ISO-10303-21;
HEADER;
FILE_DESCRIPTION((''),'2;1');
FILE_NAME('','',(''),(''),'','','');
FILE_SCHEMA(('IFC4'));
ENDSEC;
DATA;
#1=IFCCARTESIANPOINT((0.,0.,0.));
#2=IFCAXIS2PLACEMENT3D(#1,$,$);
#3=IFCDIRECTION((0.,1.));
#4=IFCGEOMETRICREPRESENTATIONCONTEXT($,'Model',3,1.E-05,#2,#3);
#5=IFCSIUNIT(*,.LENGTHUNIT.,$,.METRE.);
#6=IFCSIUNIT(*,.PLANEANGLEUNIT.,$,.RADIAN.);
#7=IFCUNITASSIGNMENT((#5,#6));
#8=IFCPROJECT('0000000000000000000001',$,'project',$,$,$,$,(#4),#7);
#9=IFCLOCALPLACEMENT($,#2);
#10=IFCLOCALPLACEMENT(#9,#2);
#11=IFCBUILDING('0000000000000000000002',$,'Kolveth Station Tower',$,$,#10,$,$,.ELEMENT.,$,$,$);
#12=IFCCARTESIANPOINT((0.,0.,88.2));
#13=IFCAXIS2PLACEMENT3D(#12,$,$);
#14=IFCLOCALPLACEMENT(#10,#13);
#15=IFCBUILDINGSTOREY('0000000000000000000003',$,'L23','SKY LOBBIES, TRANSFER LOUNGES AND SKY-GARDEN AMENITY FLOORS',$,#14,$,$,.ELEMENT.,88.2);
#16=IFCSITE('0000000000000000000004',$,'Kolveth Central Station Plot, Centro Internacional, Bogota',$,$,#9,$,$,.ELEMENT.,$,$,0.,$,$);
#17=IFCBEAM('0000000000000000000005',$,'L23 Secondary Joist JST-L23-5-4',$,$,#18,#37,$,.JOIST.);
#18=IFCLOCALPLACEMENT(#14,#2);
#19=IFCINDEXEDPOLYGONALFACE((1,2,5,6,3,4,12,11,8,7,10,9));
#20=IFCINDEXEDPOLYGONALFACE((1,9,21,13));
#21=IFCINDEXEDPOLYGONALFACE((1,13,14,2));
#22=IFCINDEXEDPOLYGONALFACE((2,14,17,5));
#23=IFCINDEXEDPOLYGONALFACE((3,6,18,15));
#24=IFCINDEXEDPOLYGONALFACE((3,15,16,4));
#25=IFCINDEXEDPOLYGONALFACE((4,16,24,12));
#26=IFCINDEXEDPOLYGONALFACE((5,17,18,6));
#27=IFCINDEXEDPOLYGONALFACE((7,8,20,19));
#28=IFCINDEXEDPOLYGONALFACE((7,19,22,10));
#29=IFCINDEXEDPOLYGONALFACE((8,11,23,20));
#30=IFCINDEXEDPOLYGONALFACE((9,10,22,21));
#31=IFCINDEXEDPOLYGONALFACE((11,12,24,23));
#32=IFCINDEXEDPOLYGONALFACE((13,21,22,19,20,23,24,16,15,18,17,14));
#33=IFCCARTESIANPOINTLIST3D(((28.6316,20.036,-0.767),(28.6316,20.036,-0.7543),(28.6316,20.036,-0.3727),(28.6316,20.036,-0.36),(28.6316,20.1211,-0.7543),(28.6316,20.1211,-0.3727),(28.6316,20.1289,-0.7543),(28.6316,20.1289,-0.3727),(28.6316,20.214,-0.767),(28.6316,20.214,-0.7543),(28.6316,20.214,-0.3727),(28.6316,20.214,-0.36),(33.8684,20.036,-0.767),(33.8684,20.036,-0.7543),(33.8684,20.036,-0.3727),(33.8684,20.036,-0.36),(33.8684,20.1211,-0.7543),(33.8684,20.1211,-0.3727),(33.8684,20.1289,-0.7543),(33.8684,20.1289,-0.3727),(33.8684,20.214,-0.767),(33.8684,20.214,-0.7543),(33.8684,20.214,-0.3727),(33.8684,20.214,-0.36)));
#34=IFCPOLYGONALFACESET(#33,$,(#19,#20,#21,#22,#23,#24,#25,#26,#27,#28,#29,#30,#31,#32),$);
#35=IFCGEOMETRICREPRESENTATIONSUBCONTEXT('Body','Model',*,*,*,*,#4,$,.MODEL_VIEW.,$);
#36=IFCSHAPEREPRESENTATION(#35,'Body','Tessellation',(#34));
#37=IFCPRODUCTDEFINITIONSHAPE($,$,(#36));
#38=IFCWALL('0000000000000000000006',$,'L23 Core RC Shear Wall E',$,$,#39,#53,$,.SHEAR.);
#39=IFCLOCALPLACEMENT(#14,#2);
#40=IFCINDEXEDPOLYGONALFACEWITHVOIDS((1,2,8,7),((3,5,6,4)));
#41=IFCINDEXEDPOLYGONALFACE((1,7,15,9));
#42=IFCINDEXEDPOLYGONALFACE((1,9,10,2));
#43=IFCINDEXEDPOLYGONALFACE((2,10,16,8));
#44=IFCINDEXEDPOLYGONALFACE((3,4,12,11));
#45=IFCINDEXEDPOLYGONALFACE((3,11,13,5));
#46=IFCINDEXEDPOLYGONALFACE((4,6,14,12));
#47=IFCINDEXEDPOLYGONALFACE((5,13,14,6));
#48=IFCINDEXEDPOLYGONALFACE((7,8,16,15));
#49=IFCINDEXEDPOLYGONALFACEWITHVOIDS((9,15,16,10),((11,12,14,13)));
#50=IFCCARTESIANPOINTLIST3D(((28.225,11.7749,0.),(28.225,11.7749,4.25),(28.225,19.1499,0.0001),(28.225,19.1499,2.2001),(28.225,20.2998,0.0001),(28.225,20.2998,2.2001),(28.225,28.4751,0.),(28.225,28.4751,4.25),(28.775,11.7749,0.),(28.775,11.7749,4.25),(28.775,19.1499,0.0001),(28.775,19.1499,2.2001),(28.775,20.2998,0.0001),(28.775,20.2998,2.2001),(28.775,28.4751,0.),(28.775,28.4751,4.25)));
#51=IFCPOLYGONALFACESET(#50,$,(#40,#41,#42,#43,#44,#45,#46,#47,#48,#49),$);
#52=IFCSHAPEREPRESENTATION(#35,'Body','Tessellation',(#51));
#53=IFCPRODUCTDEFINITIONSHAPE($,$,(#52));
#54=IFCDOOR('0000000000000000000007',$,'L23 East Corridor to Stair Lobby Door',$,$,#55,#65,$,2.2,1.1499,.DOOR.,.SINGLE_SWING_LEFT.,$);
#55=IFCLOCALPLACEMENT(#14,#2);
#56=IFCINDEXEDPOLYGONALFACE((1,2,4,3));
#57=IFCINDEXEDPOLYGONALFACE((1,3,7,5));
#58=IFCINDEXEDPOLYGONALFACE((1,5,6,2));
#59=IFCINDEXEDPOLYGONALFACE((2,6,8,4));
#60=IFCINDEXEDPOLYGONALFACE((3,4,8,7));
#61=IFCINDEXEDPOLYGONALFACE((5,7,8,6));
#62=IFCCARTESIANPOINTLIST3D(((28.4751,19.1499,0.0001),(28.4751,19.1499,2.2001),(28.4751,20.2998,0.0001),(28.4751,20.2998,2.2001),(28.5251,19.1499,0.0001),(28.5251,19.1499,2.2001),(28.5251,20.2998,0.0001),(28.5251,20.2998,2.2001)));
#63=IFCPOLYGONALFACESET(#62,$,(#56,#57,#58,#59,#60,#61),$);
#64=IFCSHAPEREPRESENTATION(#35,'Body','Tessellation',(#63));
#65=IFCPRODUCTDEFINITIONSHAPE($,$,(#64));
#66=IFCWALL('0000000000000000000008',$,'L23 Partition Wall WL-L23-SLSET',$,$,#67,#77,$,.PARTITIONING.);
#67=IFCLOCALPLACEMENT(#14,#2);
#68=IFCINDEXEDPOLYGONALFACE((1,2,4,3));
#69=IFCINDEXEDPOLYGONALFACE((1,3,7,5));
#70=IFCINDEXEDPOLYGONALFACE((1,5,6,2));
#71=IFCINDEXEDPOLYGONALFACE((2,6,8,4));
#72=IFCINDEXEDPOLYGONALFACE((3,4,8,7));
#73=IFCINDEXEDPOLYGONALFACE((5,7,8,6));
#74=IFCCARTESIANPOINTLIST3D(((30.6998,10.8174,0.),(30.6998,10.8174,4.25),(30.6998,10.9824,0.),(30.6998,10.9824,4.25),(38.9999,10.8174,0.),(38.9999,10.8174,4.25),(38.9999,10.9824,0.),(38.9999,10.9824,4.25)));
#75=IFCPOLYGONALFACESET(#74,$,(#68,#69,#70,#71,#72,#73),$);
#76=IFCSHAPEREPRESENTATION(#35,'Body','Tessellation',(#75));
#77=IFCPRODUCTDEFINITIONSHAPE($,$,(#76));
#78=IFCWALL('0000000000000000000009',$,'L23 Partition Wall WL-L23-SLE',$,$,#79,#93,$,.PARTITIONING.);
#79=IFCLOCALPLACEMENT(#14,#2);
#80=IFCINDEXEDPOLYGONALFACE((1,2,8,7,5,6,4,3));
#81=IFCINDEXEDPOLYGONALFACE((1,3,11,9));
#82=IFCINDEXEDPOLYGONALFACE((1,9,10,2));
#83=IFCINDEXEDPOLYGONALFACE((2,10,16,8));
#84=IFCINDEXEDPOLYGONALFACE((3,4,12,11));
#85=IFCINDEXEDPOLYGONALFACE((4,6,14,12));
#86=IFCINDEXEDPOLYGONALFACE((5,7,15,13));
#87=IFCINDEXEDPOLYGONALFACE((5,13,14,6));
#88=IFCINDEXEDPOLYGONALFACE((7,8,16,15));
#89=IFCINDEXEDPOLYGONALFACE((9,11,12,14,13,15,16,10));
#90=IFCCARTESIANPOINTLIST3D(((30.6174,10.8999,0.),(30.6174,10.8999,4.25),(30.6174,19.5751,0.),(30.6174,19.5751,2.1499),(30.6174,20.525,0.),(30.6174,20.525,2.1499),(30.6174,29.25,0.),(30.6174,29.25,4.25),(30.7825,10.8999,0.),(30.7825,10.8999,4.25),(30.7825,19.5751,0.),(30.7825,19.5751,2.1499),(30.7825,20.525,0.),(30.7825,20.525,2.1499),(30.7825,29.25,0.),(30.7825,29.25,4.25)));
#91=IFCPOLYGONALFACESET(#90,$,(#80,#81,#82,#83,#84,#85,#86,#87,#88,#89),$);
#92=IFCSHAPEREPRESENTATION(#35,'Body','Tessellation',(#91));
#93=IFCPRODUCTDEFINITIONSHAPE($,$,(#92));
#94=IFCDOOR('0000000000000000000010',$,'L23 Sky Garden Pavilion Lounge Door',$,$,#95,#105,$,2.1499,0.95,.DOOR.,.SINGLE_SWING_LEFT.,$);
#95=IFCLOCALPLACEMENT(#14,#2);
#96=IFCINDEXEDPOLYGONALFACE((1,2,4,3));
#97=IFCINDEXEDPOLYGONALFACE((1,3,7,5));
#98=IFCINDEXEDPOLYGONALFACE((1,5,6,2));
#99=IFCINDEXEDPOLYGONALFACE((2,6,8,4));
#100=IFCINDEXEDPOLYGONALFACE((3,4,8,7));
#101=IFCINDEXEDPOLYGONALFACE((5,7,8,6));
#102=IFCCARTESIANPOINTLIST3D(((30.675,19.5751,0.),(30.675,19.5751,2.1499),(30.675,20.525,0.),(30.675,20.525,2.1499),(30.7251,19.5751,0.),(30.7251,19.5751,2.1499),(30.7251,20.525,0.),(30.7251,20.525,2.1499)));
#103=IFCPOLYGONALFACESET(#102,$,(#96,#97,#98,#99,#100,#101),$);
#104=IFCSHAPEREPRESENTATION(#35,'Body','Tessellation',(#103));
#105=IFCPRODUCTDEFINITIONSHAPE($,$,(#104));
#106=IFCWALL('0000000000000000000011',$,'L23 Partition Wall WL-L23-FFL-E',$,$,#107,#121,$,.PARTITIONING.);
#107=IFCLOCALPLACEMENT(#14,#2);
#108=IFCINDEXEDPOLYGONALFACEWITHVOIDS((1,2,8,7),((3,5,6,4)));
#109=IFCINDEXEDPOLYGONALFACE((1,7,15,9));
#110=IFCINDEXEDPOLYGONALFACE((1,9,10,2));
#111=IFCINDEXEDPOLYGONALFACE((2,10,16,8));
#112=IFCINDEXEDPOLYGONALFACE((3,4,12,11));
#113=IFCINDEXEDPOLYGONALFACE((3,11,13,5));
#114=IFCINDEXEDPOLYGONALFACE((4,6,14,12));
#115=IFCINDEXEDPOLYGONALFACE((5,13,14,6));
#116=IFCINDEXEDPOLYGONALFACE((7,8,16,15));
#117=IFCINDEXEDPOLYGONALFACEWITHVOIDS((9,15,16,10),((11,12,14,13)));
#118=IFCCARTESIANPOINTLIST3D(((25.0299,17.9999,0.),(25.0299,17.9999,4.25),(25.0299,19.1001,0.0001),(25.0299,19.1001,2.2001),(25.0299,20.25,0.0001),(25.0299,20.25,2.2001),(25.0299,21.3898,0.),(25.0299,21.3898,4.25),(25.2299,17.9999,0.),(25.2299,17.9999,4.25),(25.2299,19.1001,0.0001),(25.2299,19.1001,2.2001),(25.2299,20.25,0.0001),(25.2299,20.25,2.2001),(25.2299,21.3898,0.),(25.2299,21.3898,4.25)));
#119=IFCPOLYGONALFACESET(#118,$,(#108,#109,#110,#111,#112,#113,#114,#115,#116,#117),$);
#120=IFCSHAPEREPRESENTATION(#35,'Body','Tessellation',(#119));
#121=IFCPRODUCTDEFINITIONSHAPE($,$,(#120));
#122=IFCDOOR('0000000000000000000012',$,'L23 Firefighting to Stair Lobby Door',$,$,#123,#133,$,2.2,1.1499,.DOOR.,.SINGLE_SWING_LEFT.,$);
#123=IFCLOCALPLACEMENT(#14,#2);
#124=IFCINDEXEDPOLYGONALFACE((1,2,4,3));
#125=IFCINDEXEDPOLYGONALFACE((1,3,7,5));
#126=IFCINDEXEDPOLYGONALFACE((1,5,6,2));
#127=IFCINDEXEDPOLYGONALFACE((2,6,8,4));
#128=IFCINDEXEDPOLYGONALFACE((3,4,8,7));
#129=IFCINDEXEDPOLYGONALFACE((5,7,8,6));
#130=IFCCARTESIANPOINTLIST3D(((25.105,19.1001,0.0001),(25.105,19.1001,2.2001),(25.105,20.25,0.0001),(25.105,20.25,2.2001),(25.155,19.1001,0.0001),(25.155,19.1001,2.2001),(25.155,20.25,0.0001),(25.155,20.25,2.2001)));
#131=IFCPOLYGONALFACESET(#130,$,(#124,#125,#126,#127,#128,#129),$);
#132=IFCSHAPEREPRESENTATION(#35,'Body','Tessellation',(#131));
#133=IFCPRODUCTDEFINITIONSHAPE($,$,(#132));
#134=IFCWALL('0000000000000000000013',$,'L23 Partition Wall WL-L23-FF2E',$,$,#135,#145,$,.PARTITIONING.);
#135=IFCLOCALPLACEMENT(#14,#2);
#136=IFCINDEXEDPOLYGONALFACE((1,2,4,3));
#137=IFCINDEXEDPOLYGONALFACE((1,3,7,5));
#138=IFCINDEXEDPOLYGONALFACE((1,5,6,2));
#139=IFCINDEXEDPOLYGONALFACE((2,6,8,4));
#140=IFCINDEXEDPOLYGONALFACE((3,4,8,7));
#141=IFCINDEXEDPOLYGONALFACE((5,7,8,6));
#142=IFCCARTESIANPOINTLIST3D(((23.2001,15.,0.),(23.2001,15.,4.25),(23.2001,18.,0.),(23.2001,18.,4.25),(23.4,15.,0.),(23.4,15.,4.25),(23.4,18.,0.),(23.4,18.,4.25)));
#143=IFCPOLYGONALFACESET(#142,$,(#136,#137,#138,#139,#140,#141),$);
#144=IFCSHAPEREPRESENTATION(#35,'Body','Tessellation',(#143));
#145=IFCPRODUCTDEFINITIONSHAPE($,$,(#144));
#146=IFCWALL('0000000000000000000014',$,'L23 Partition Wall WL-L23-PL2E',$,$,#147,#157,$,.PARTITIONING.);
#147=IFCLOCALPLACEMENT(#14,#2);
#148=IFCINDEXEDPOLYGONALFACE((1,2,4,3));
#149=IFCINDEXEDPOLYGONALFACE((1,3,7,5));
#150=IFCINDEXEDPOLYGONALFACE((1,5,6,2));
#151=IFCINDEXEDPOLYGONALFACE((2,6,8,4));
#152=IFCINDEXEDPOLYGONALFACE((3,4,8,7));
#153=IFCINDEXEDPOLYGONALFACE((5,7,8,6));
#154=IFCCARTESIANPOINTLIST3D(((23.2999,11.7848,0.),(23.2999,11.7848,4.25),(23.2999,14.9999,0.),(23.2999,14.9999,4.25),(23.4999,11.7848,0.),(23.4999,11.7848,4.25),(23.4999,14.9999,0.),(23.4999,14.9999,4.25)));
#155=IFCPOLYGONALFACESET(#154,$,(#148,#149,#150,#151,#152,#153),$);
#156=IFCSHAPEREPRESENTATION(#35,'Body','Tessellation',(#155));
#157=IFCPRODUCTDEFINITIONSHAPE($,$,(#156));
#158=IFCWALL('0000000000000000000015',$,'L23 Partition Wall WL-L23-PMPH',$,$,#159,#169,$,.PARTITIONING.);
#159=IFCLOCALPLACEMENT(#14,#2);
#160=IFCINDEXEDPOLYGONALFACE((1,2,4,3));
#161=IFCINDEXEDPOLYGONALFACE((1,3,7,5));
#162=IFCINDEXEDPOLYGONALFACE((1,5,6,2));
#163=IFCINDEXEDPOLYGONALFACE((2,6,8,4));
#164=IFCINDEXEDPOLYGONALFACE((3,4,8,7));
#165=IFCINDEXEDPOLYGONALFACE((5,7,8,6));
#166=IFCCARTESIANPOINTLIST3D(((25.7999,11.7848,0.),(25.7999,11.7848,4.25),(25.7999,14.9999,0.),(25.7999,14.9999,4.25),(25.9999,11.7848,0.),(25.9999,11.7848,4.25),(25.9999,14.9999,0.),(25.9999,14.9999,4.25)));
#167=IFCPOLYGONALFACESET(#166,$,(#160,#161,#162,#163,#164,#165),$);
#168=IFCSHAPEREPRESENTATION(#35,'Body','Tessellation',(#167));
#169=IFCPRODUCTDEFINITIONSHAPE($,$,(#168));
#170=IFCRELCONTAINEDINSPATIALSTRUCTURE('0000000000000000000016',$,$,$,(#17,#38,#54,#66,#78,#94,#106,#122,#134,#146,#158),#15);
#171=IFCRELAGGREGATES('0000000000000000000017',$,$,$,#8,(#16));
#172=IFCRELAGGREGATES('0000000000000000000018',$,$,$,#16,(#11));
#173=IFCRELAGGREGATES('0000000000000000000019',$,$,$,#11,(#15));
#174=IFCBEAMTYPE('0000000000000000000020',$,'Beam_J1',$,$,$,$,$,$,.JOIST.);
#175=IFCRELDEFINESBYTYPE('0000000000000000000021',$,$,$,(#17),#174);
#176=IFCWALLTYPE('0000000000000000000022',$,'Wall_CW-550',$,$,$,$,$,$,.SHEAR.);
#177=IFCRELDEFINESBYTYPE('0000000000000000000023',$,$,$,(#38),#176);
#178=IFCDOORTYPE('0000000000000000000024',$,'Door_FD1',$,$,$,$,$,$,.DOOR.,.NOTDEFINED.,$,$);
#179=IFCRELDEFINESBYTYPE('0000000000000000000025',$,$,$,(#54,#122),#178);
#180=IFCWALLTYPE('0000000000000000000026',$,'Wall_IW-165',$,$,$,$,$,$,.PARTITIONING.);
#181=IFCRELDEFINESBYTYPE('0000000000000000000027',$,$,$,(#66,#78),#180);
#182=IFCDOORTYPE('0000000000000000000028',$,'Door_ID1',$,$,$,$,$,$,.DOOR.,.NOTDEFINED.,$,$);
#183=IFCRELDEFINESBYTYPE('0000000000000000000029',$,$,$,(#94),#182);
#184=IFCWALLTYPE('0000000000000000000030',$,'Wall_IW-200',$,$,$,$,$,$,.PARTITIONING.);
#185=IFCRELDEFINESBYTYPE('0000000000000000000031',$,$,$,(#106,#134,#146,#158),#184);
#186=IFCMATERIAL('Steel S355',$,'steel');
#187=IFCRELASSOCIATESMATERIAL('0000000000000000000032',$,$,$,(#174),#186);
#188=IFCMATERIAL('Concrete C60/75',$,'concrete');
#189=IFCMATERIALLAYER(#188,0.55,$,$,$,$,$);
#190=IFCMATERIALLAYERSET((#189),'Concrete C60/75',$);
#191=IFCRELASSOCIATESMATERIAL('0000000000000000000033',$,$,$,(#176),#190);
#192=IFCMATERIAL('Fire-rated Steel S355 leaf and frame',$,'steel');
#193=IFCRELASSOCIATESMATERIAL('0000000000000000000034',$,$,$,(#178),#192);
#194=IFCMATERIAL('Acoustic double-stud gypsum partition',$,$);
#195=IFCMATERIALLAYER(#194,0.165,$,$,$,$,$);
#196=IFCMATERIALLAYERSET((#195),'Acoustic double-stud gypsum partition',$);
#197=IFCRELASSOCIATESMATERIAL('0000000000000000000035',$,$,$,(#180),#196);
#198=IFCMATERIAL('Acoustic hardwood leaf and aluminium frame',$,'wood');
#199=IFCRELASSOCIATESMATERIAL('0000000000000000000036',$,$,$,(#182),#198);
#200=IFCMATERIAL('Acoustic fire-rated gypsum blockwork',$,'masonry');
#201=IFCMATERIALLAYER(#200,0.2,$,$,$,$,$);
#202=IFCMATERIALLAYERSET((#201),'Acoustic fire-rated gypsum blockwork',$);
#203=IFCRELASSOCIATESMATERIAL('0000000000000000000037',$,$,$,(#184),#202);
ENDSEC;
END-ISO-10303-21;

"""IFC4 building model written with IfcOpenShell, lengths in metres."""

from ifc_helpers import new_model, si_unit, direction, frame, frame_2d, origin, origin_2d, place, context, subcontext, project, spatial, rectangle, i_section, extrude, source, transform, mapped, material, layer, layer_set, material_profile, profile_set, type_object, element, fill, save


model = new_model("IFC4")

# Units and contexts
model_context = context("Model", 3, precision=1e-05, world=origin(), true_north=direction((0.0, 1.0)))
body_context = subcontext(model_context, "Body", "Model", "MODEL_VIEW")
ifc_project = project(units=[si_unit("LENGTHUNIT", "METRE"), si_unit("PLANEANGLEUNIT", "RADIAN")], contexts=[model_context])

# Site, building, storey
site_placement = place(None, origin())
site = spatial("IfcSite", under=ifc_project, at=site_placement, Name="Kolveth Central Station Plot, Centro Internacional, Bogota", CompositionType="ELEMENT", RefElevation=0.0)
building_placement = place(site_placement, origin())
building = spatial("IfcBuilding", under=site, at=building_placement, Name="Kolveth Station Tower", CompositionType="ELEMENT")
storey_placement = place(building_placement, frame((0.0, 0.0, 88.2)))
storey = spatial("IfcBuildingStorey", under=building, at=storey_placement, Name="L23", Description="SKY LOBBIES, TRANSFER LOUNGES AND SKY-GARDEN AMENITY FLOORS", CompositionType="ELEMENT", Elevation=88.2)

# Shared definitions
ifc_material_1 = material(Name="Steel S355", Category="steel")

# Beam
ifc_material_profile_1 = material_profile(ifc_material_1, i_section(OverallWidth=0.178, OverallDepth=0.407, WebThickness=0.0078, FlangeThickness=0.0127, at=origin_2d()), Name="W410x60")
ifc_profile_set_1 = profile_set([ifc_material_profile_1], Name="Steel S355")
beam_type_1 = type_object("IfcBeamType", Name="Beam_J1", PredefinedType="JOIST", material=ifc_profile_set_1)
shared_shape_1 = source(origin(), body_context, "Body", "SweptSolid", [
    extrude(i_section(OverallWidth=0.178, OverallDepth=0.407, WebThickness=0.0078, FlangeThickness=0.0127, at=origin_2d()), origin(), (0.0, 0.0, 1.0), 5.2368),
])
for number, where, z_axis, x_axis, name in (
    (1, (28.6316, 20.125, -0.5635), (1.0, 0.0, 0.0), (0.0, 1.0, 0.0), "L23 Secondary Joist JST-L23-5-4"),
):
    element("IfcBeam", number, at=place(storey_placement, frame(where, z_axis=z_axis, x_axis=x_axis)), inside=storey, type_object=beam_type_1, Name=name, PredefinedType="JOIST", context=body_context, shape_type="MappedRepresentation", body=[
        mapped(shared_shape_1, transform((0.0, 0.0, 0.0), x_axis=(1.0, 0.0, 0.0), y_axis=(0.0, 1.0, 0.0), z_axis=(0.0, 0.0, 1.0), scale=1.0)),
    ])

# Wall, opening, door
ifc_material_2 = material(Name="Concrete C60/75", Category="concrete")
ifc_layer_1 = layer(ifc_material_2, 0.55)
ifc_layer_set_1 = layer_set([ifc_layer_1], Name="Concrete C60/75")
wall_type_1 = type_object("IfcWallType", Name="Wall_CW-550", PredefinedType="SHEAR", material=ifc_layer_set_1)
wall_1_placement = place(storey_placement, frame((28.5, 11.7749, 0.0), z_axis=(0.0, 0.0, 1.0), x_axis=(0.0, 1.0, 0.0)))
wall_1 = element("IfcWall", 2, at=wall_1_placement, inside=storey, type_object=wall_type_1, Name="L23 Core RC Shear Wall E", PredefinedType="SHEAR", context=body_context, shape_type="SweptSolid", body=[
    extrude(rectangle(XDim=16.7002, YDim=0.55, at=frame_2d((8.3501, 0.0))), origin(), (0.0, 0.0, 1.0), 4.25),
])
opening_1_placement = place(wall_1_placement, frame((7.375, 0.0, 0.0)))
opening_1 = element("IfcOpeningElement", 3, at=opening_1_placement, cuts=wall_1, PredefinedType="OPENING", context=body_context, shape_type="SweptSolid", body=[
    extrude(rectangle(XDim=1.1499, YDim=2.2, at=frame_2d((0.575, 1.1001))), frame((0.0, 0.2849, 0.0), z_axis=(0.0, -1.0, 0.0), x_axis=(1.0, 0.0, 0.0)), (0.0, 0.0, 1.0), 0.5701),
])
ifc_material_3 = material(Name="Fire-rated Steel S355 leaf and frame", Category="steel")
door_type_1 = type_object("IfcDoorType", Name="Door_FD1", OperationType="NOTDEFINED", PredefinedType="DOOR", material=ifc_material_3)
door_1_placement = place(opening_1_placement, origin())
door_1 = element("IfcDoor", 4, at=door_1_placement, inside=storey, type_object=door_type_1, Name="L23 East Corridor to Stair Lobby Door", OperationType="SINGLE_SWING_LEFT", OverallHeight=2.2, OverallWidth=1.1499, PredefinedType="DOOR", context=body_context, shape_type="SweptSolid", body=[
    extrude(rectangle(XDim=1.1499, YDim=2.2, at=frame_2d((0.575, 1.1001))), frame((0.0, 0.0249, 0.0), z_axis=(0.0, -1.0, 0.0), x_axis=(1.0, 0.0, 0.0)), (0.0, 0.0, 1.0), 0.05),
])
fill(opening_1, door_1)

# Wall
ifc_material_4 = material(Name="Acoustic double-stud gypsum partition")
ifc_layer_2 = layer(ifc_material_4, 0.165)
ifc_layer_set_2 = layer_set([ifc_layer_2], Name="Acoustic double-stud gypsum partition")
wall_type_2 = type_object("IfcWallType", Name="Wall_IW-165", PredefinedType="PARTITIONING", material=ifc_layer_set_2)
wall_2_placement = place(storey_placement, frame((30.7, 10.8999, 0.0), z_axis=(0.0, 0.0, 1.0), x_axis=(1.0, 0.0, 0.0)))
element("IfcWall", 5, at=wall_2_placement, inside=storey, type_object=wall_type_2, Name="L23 Partition Wall WL-L23-SLSET", PredefinedType="PARTITIONING", context=body_context, shape_type="SweptSolid", body=[
    extrude(rectangle(XDim=8.3, YDim=0.165, at=frame_2d((4.1499, 0.0))), origin(), (0.0, 0.0, 1.0), 4.25),
])

# Walls, openings, doors
wall_3_placement = place(storey_placement, frame((30.7, 10.8999, 0.0), z_axis=(0.0, 0.0, 1.0), x_axis=(0.0, 1.0, 0.0)))
wall_3 = element("IfcWall", 6, at=wall_3_placement, inside=storey, type_object=wall_type_2, Name="L23 Partition Wall WL-L23-SLE", PredefinedType="PARTITIONING", context=body_context, shape_type="SweptSolid", body=[
    extrude(rectangle(XDim=18.3501, YDim=0.165, at=frame_2d((9.175, 0.0))), origin(), (0.0, 0.0, 1.0), 4.25),
])
opening_2_placement = place(wall_3_placement, frame((8.675, 0.0, 0.0)))
opening_2 = element("IfcOpeningElement", 7, at=opening_2_placement, cuts=wall_3, PredefinedType="OPENING", context=body_context, shape_type="SweptSolid", body=[
    extrude(rectangle(XDim=0.95, YDim=2.1499, at=frame_2d((0.4751, 1.075))), frame((0.0, 0.0925, 0.0), z_axis=(0.0, -1.0, 0.0), x_axis=(1.0, 0.0, 0.0)), (0.0, 0.0, 1.0), 0.1851),
])
ifc_material_5 = material(Name="Acoustic hardwood leaf and aluminium frame", Category="wood")
door_type_2 = type_object("IfcDoorType", Name="Door_ID1", OperationType="NOTDEFINED", PredefinedType="DOOR", material=ifc_material_5)
door_2_placement = place(opening_2_placement, origin())
door_2 = element("IfcDoor", 8, at=door_2_placement, inside=storey, type_object=door_type_2, Name="L23 Sky Garden Pavilion Lounge Door", OperationType="SINGLE_SWING_LEFT", OverallHeight=2.1499, OverallWidth=0.95, PredefinedType="DOOR", context=body_context, shape_type="SweptSolid", body=[
    extrude(rectangle(XDim=0.95, YDim=2.1499, at=frame_2d((0.4751, 1.075))), frame((0.0, 0.0249, 0.0), z_axis=(0.0, -1.0, 0.0), x_axis=(1.0, 0.0, 0.0)), (0.0, 0.0, 1.0), 0.05),
])
fill(opening_2, door_2)
ifc_material_6 = material(Name="Acoustic fire-rated gypsum blockwork", Category="masonry")
ifc_layer_3 = layer(ifc_material_6, 0.2)
ifc_layer_set_3 = layer_set([ifc_layer_3], Name="Acoustic fire-rated gypsum blockwork")
wall_type_3 = type_object("IfcWallType", Name="Wall_IW-200", PredefinedType="PARTITIONING", material=ifc_layer_set_3)
wall_4_placement = place(storey_placement, frame((25.1299, 18.0, 0.0), z_axis=(0.0, 0.0, 1.0), x_axis=(0.0, 1.0, 0.0)))
wall_4 = element("IfcWall", 9, at=wall_4_placement, inside=storey, type_object=wall_type_3, Name="L23 Partition Wall WL-L23-FFL-E", PredefinedType="PARTITIONING", context=body_context, shape_type="SweptSolid", body=[
    extrude(rectangle(XDim=3.3899, YDim=0.2, at=frame_2d((1.6948, 0.0))), origin(), (0.0, 0.0, 1.0), 4.25),
])
opening_3_placement = place(wall_4_placement, frame((1.1001, 0.0, 0.0)))
opening_3 = element("IfcOpeningElement", 10, at=opening_3_placement, cuts=wall_4, PredefinedType="OPENING", context=body_context, shape_type="SweptSolid", body=[
    extrude(rectangle(XDim=1.1499, YDim=2.2, at=frame_2d((0.575, 1.1001))), frame((0.0, 0.1099, 0.0), z_axis=(0.0, -1.0, 0.0), x_axis=(1.0, 0.0, 0.0)), (0.0, 0.0, 1.0), 0.22),
])
door_3_placement = place(opening_3_placement, origin())
door_3 = element("IfcDoor", 11, at=door_3_placement, inside=storey, type_object=door_type_1, Name="L23 Firefighting to Stair Lobby Door", OperationType="SINGLE_SWING_LEFT", OverallHeight=2.2, OverallWidth=1.1499, PredefinedType="DOOR", context=body_context, shape_type="SweptSolid", body=[
    extrude(rectangle(XDim=1.1499, YDim=2.2, at=frame_2d((0.575, 1.1001))), frame((0.0, 0.0249, 0.0), z_axis=(0.0, -1.0, 0.0), x_axis=(1.0, 0.0, 0.0)), (0.0, 0.0, 1.0), 0.05),
])
fill(opening_3, door_3)

# Walls
wall_5_placement = place(storey_placement, frame((23.3, 15.0, 0.0), z_axis=(0.0, 0.0, 1.0), x_axis=(0.0, 1.0, 0.0)))
element("IfcWall", 12, at=wall_5_placement, inside=storey, type_object=wall_type_3, Name="L23 Partition Wall WL-L23-FF2E", PredefinedType="PARTITIONING", context=body_context, shape_type="SweptSolid", body=[
    extrude(rectangle(XDim=3.0, YDim=0.2, at=frame_2d((1.5, 0.0))), origin(), (0.0, 0.0, 1.0), 4.25),
])
for number, where, z_axis, x_axis, name in (
    (13, (23.3999, 11.7849, 0.0), (0.0, 0.0, 1.0), (0.0, 1.0, 0.0), "L23 Partition Wall WL-L23-PL2E"),
    (14, (25.8999, 11.7849, 0.0), (0.0, 0.0, 1.0), (0.0, 1.0, 0.0), "L23 Partition Wall WL-L23-PMPH"),
):
    element("IfcWall", number, at=place(storey_placement, frame(where, z_axis=z_axis, x_axis=x_axis)), inside=storey, type_object=wall_type_3, Name=name, PredefinedType="PARTITIONING", context=body_context, shape_type="SweptSolid", body=[
        extrude(rectangle(XDim=3.2151, YDim=0.2, at=frame_2d((1.6074, 0.0))), origin(), (0.0, 0.0, 1.0), 4.25),
    ])

save(model, "model.ifc")
